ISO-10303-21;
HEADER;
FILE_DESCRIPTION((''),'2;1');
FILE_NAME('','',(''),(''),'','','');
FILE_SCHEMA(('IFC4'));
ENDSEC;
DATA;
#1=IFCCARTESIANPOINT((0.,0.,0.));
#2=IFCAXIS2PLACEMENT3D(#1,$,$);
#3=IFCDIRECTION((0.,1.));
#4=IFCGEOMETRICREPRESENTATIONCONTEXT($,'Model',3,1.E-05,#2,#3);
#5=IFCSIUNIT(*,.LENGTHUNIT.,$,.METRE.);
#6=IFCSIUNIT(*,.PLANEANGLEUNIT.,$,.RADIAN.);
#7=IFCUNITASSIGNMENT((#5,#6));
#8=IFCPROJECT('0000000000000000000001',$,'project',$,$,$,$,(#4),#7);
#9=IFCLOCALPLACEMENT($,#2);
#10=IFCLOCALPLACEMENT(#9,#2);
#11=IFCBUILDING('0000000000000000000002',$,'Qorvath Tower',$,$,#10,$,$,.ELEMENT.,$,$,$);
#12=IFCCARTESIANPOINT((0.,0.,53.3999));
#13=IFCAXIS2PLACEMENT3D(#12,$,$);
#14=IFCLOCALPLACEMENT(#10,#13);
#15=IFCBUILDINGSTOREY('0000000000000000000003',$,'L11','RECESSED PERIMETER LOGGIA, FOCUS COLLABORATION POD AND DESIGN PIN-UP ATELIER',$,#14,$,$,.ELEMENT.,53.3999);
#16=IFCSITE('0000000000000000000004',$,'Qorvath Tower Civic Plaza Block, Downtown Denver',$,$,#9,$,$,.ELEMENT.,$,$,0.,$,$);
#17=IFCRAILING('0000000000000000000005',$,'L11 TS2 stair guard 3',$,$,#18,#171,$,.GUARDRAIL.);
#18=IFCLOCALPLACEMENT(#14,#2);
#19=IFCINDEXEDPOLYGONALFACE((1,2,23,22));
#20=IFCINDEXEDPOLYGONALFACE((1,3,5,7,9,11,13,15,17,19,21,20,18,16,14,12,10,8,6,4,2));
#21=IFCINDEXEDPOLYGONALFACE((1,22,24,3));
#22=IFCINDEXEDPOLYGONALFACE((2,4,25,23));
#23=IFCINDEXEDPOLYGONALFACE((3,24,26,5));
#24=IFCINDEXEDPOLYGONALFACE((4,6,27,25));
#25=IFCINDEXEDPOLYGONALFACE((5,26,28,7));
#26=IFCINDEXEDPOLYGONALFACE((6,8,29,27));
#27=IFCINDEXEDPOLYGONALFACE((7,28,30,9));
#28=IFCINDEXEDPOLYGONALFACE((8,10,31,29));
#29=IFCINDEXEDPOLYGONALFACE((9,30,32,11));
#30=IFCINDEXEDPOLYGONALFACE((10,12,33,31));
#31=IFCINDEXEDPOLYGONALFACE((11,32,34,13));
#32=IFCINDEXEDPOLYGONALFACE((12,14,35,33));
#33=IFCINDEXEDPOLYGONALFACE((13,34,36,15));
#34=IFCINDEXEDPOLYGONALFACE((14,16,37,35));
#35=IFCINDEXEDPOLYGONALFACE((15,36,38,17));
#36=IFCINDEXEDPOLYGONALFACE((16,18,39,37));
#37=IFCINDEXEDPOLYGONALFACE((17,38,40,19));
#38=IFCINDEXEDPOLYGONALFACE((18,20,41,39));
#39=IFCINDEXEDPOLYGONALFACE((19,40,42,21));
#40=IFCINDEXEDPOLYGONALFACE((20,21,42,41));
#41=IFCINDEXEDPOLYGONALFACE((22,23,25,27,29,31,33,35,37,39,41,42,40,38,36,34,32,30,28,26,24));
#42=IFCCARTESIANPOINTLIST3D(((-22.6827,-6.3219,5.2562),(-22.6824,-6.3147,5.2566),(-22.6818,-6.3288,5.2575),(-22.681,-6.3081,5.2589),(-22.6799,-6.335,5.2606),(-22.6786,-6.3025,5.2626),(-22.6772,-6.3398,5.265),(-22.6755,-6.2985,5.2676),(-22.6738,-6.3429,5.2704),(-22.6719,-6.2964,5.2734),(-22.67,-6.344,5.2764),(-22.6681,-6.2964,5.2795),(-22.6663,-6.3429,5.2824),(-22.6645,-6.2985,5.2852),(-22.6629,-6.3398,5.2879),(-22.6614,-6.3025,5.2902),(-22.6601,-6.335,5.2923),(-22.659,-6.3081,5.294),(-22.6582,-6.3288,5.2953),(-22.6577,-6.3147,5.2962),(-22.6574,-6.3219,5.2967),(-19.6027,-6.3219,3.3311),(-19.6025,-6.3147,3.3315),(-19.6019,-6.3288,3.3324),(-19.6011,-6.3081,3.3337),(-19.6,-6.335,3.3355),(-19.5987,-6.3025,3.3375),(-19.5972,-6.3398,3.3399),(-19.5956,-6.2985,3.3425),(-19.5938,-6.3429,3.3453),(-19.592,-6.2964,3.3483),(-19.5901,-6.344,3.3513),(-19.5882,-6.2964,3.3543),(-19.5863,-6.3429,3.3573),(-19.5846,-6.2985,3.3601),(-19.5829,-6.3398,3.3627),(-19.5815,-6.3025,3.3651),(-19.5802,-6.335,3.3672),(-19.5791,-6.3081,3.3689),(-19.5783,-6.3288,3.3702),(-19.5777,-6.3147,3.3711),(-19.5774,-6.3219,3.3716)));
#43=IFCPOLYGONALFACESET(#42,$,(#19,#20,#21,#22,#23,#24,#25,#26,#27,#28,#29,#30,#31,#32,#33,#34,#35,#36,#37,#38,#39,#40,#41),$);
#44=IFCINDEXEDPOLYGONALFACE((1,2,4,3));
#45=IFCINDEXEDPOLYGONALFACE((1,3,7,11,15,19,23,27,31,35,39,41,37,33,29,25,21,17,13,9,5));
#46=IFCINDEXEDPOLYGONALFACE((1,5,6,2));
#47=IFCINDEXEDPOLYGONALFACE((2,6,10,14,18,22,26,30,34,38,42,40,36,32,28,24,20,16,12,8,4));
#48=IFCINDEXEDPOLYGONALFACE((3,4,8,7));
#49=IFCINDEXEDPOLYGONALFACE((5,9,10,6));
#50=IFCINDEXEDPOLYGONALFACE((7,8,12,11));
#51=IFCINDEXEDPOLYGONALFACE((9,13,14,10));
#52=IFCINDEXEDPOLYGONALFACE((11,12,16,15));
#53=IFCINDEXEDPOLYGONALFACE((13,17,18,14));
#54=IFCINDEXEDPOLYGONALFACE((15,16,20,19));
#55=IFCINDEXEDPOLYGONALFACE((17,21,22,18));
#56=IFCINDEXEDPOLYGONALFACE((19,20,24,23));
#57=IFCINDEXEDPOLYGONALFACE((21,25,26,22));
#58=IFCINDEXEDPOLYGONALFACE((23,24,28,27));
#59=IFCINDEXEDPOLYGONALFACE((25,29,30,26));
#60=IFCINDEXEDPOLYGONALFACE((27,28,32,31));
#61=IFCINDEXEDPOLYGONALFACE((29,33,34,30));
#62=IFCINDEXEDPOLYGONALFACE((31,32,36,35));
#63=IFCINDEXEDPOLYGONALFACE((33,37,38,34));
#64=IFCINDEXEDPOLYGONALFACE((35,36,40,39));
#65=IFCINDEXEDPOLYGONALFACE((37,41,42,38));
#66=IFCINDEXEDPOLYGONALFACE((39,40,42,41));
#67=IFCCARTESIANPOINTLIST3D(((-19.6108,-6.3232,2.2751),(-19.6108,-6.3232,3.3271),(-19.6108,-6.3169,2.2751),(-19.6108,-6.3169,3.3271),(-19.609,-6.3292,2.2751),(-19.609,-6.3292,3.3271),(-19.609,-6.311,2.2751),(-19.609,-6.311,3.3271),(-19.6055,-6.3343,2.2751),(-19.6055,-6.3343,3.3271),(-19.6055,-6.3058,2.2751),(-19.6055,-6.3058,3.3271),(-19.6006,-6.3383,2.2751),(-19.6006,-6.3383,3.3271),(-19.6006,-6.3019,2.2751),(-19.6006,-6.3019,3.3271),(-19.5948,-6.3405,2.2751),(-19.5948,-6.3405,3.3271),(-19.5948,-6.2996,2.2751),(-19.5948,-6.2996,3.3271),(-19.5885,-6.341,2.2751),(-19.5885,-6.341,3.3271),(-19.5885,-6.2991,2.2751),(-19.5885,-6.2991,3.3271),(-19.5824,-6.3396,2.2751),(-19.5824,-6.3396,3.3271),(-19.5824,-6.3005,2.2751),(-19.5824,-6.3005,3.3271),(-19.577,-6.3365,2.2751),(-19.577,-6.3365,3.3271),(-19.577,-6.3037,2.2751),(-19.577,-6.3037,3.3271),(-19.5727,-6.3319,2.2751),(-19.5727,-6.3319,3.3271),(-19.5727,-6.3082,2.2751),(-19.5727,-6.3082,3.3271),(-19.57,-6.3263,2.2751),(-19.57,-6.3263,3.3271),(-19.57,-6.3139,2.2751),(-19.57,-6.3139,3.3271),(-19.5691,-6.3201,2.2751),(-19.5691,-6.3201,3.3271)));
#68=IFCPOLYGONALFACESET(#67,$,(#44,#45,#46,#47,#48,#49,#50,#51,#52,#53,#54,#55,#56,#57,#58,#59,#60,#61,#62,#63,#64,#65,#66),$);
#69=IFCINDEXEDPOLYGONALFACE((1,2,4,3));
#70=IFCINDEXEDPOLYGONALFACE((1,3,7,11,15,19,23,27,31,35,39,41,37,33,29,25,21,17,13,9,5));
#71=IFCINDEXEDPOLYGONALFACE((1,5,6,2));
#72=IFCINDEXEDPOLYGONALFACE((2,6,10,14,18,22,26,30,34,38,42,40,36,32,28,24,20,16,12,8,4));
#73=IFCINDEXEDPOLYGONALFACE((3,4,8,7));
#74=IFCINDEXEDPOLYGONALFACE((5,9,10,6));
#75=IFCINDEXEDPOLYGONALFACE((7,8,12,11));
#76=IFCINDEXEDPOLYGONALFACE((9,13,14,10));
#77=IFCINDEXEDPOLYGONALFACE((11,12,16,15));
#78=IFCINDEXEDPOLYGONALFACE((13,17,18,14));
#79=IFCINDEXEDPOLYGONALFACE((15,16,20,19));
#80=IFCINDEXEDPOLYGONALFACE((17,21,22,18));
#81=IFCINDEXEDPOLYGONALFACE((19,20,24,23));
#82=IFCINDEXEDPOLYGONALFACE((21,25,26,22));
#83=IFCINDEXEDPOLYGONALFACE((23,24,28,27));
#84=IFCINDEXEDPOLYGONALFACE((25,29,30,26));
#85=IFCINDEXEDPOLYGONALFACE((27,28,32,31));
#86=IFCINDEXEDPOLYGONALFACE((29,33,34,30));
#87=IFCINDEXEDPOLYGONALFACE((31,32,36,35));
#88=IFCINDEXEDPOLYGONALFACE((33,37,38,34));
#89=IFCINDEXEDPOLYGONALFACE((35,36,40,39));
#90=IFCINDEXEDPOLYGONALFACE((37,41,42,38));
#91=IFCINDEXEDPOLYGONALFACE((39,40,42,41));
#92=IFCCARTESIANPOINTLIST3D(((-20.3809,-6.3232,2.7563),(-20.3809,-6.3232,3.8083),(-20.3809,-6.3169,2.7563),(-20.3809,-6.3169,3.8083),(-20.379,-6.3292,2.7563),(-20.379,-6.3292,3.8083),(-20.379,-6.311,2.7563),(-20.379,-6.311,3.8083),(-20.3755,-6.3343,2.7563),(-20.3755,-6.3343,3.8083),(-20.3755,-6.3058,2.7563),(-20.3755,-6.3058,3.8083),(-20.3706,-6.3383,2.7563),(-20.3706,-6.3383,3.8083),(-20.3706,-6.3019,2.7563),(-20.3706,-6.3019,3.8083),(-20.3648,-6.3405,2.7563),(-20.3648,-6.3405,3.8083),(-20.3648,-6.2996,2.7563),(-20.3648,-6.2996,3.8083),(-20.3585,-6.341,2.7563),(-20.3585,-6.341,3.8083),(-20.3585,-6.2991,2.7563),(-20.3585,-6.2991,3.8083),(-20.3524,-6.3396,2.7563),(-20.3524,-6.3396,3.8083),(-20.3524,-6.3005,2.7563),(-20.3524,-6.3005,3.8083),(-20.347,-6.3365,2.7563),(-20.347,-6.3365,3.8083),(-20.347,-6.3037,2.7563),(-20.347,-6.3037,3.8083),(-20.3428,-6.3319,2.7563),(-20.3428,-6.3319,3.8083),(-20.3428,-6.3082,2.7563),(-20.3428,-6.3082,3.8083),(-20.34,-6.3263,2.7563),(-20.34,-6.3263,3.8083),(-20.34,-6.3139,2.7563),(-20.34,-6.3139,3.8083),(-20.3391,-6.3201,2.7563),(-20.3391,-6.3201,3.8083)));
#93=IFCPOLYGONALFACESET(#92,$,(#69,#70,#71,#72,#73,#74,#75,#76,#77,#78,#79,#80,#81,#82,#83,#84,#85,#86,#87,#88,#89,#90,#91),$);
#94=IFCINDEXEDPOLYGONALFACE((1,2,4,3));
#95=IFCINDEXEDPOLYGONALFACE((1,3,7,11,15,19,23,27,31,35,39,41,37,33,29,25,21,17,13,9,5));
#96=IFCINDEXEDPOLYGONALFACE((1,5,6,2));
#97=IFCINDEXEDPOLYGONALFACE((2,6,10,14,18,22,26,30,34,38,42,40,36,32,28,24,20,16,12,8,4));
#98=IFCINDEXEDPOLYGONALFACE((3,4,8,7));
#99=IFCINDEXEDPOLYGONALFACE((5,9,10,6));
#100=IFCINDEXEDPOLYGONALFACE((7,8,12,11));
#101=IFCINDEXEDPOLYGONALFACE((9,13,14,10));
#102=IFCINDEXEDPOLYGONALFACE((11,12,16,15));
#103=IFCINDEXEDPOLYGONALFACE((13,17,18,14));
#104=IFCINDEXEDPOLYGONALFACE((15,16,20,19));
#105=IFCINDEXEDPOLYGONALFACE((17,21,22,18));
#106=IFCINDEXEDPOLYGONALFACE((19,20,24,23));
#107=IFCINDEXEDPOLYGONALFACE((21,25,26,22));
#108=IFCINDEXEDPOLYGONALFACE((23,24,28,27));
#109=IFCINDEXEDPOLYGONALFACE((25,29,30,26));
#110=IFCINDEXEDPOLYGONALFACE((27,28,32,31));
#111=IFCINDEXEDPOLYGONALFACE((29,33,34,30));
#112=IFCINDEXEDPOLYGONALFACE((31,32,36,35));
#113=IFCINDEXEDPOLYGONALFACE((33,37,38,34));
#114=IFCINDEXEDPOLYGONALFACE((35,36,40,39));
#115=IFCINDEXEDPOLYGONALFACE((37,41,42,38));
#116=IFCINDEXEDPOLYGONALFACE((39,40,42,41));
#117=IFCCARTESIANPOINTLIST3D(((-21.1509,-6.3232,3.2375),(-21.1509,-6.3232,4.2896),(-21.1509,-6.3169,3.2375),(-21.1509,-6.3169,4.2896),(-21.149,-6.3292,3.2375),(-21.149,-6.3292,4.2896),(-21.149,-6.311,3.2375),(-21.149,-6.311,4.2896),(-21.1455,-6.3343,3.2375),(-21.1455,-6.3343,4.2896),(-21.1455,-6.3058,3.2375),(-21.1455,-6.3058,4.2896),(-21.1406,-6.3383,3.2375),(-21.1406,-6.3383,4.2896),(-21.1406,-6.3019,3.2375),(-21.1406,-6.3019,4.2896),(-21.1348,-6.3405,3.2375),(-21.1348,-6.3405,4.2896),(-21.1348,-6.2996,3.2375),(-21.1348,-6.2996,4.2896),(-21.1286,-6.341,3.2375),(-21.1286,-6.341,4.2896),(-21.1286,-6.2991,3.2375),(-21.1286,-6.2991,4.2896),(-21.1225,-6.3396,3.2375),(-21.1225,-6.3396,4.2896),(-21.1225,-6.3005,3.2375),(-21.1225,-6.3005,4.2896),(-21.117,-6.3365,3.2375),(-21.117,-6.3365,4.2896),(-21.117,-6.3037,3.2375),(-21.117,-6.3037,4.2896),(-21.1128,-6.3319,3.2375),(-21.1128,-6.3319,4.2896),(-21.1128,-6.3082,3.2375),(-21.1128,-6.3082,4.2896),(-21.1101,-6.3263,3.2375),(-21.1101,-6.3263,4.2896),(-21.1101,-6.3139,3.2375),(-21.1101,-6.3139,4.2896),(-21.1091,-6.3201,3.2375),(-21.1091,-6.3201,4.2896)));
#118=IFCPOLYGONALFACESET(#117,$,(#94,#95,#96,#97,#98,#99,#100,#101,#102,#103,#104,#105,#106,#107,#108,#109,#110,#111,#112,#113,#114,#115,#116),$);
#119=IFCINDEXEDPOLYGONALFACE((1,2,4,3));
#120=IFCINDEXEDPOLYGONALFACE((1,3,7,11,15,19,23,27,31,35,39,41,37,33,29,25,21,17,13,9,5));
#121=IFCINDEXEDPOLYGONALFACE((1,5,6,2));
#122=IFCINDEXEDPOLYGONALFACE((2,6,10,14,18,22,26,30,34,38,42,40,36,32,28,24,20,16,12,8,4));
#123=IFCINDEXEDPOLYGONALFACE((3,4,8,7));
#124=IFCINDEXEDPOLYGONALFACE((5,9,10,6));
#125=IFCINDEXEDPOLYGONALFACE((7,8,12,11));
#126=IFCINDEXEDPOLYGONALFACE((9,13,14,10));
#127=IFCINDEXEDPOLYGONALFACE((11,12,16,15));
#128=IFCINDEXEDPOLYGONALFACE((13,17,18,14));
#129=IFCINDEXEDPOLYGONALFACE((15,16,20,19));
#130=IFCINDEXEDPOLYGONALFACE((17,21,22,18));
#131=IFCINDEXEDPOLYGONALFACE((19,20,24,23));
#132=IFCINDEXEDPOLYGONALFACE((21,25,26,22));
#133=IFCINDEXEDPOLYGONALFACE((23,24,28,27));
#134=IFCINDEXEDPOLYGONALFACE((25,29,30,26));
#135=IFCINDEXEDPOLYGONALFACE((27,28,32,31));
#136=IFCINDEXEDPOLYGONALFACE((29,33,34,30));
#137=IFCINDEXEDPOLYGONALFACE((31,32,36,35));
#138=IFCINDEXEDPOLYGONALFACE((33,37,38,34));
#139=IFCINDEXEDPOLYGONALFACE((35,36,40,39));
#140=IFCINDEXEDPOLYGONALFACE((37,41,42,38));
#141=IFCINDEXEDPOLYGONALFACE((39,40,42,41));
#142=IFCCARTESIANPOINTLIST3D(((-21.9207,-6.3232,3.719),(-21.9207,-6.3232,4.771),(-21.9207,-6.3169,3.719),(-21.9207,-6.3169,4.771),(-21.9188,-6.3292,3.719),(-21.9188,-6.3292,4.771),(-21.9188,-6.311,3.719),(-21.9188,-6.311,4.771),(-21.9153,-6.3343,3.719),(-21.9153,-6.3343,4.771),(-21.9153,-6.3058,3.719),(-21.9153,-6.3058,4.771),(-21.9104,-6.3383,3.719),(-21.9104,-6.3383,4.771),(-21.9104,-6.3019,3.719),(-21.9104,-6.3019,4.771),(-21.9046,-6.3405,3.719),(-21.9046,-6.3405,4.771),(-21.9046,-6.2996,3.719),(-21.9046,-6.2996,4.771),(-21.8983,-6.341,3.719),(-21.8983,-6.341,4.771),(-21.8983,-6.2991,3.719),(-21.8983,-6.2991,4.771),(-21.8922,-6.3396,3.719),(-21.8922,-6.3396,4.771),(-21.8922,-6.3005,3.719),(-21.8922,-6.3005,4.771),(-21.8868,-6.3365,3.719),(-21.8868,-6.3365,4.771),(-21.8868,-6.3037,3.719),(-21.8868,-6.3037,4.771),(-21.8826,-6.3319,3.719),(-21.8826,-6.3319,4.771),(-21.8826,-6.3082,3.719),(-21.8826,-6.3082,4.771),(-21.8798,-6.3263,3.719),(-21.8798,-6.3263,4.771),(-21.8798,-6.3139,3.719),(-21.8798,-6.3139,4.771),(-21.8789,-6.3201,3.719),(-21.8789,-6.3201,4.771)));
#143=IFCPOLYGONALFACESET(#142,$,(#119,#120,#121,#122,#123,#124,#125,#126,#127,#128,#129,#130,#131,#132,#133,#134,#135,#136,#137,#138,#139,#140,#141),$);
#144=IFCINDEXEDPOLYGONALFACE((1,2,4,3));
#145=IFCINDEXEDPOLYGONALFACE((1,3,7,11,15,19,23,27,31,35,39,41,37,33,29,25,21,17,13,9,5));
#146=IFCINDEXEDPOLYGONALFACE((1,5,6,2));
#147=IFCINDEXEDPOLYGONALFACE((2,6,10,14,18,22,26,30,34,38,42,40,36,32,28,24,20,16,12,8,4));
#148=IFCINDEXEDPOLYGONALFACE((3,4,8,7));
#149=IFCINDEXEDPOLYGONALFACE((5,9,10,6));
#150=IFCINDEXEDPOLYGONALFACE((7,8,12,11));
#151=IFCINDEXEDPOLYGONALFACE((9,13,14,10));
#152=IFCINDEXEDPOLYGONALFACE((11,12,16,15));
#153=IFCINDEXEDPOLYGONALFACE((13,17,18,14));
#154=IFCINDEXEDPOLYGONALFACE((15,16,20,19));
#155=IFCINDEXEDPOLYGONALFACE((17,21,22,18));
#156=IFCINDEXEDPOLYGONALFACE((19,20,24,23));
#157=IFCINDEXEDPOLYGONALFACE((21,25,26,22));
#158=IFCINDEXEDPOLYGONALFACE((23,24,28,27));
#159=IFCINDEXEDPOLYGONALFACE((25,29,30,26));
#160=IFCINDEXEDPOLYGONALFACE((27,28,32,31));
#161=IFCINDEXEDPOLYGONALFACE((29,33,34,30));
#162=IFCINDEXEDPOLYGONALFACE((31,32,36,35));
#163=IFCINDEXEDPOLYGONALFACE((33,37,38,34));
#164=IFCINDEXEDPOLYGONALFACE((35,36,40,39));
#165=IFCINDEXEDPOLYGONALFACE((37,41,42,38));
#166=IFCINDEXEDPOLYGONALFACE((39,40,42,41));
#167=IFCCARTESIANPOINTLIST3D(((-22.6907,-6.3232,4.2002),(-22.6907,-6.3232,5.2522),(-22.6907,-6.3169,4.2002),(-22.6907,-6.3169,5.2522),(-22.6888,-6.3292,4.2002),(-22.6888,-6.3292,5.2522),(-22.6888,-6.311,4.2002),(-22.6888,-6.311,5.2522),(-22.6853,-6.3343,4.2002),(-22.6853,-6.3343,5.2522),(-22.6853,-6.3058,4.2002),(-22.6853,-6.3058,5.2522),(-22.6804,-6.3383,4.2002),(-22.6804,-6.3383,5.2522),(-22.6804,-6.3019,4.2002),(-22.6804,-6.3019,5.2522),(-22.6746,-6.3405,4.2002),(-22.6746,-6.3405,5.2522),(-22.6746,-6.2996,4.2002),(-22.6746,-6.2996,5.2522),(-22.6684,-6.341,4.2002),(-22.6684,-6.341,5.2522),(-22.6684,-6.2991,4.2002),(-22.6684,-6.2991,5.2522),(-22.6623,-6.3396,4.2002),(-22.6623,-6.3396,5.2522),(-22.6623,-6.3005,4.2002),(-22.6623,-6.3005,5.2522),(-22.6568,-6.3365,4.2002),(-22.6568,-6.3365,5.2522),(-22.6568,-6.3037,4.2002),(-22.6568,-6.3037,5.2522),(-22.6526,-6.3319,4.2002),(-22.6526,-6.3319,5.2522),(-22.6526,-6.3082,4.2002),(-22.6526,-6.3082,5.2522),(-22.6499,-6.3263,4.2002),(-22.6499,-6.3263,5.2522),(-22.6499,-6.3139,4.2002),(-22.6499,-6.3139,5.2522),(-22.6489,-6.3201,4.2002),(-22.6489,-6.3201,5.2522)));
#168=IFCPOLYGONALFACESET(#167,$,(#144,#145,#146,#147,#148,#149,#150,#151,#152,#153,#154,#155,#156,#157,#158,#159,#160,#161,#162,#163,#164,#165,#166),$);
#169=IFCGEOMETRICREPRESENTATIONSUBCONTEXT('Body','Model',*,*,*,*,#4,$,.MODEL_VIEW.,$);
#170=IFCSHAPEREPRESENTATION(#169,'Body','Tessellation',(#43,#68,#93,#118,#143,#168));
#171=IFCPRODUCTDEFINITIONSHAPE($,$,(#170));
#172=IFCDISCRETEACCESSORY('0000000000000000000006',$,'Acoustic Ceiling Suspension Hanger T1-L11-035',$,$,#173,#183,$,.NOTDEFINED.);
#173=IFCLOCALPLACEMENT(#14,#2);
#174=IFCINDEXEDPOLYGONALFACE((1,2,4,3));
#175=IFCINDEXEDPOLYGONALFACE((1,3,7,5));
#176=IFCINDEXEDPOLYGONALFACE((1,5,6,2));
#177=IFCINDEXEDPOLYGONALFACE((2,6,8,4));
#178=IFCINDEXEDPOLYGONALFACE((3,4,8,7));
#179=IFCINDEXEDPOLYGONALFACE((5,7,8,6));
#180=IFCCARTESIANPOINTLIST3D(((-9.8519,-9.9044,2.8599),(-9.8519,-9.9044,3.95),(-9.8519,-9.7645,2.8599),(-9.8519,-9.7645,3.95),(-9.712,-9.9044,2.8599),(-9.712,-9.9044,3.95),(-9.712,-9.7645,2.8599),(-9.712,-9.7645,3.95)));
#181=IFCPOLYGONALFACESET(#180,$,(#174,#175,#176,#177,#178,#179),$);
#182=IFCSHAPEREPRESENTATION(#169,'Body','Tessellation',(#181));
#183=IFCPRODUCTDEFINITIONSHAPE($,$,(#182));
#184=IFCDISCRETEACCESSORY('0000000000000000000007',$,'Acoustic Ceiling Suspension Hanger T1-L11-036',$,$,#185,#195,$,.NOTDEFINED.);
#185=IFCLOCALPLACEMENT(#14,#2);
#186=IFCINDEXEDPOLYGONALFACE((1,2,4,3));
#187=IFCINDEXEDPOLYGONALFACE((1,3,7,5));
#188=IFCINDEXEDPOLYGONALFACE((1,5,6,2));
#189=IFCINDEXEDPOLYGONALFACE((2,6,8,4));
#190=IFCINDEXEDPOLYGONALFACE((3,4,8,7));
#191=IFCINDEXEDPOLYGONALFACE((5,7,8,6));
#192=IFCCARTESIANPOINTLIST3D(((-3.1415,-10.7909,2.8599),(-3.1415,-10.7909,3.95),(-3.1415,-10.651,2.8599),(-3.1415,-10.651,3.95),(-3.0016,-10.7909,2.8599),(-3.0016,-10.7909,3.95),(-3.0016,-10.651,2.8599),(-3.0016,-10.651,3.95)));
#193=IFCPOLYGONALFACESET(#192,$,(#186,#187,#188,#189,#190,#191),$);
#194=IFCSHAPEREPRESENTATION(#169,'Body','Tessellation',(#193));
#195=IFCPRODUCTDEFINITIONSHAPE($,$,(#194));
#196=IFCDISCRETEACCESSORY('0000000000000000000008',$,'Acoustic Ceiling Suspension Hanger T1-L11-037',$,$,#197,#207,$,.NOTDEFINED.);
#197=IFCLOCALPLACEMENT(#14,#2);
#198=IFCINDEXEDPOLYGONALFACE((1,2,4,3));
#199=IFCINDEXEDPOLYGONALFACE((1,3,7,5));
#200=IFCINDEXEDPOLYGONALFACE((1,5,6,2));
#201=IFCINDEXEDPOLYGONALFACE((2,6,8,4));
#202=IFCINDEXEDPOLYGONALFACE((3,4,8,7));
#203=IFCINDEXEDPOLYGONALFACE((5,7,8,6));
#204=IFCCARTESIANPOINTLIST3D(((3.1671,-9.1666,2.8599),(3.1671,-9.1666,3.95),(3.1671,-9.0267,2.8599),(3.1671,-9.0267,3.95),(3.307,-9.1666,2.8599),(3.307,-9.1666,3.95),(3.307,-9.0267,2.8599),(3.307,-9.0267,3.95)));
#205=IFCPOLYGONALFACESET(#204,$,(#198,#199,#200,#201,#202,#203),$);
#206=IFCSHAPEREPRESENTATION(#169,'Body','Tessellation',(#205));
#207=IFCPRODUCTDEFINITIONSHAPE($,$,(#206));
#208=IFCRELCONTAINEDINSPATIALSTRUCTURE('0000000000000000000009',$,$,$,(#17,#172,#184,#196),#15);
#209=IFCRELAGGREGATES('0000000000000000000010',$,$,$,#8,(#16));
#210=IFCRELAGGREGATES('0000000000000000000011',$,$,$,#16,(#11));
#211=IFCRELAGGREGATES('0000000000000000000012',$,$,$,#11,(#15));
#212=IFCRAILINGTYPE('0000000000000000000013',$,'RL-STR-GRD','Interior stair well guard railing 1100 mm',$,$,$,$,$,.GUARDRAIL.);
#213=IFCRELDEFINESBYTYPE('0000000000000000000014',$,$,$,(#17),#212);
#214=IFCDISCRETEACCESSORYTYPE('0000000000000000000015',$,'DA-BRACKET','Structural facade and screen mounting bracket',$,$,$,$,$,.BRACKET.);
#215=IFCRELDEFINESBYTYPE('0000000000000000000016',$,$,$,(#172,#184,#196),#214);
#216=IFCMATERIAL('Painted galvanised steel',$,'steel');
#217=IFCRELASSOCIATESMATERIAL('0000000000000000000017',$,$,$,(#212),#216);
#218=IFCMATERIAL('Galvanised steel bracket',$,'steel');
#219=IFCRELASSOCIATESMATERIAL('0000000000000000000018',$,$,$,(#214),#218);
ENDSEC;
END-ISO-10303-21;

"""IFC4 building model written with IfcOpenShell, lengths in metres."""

from ifc_helpers import new_model, si_unit, direction, frame, origin, origin_2d, place, context, subcontext, project, spatial, rectangle, circle, extrude, material, type_object, element, save


model = new_model("IFC4")

# Units and contexts
model_context = context("Model", 3, precision=1e-05, world=origin(), true_north=direction((0.0, 1.0)))
body_context = subcontext(model_context, "Body", "Model", "MODEL_VIEW")
ifc_project = project(units=[si_unit("LENGTHUNIT", "METRE"), si_unit("PLANEANGLEUNIT", "RADIAN")], contexts=[model_context])

# Site, building, storey
site_placement = place(None, origin())
site = spatial("IfcSite", under=ifc_project, at=site_placement, Name="Qorvath Tower Civic Plaza Block, Downtown Denver", CompositionType="ELEMENT", RefElevation=0.0)
building_placement = place(site_placement, origin())
building = spatial("IfcBuilding", under=site, at=building_placement, Name="Qorvath Tower", CompositionType="ELEMENT")
storey_placement = place(building_placement, frame((0.0, 0.0, 53.3999)))
storey = spatial("IfcBuildingStorey", under=building, at=storey_placement, Name="L11", Description="RECESSED PERIMETER LOGGIA, FOCUS COLLABORATION POD AND DESIGN PIN-UP ATELIER", CompositionType="ELEMENT", Elevation=53.3999)

# Railing
ifc_material_1 = material(Name="Painted galvanised steel", Category="steel")
railing_type_1 = type_object("IfcRailingType", Name="RL-STR-GRD", Description="Interior stair well guard railing 1100 mm", PredefinedType="GUARDRAIL", material=ifc_material_1)
railing_1_placement = place(storey_placement, frame((-19.5901, -6.3201, 2.2751)))
element("IfcRailing", 1, at=railing_1_placement, inside=storey, type_object=railing_type_1, Name="L11 TS2 stair guard 3", PredefinedType="GUARDRAIL", context=body_context, shape_type="SweptSolid", body=[
    extrude(circle(Radius=0.0239, at=origin_2d()), frame((0.0, 0.0, 1.0762), z_axis=(-0.847979, 0.0, 0.530029), x_axis=(0.0, -1.0, 0.0)), (0.0, 0.0, 1.0), 3.6321),
    extrude(circle(Radius=0.021, at=origin_2d()), origin(), (0.0, 0.0, 1.0), 1.052),
    extrude(circle(Radius=0.021, at=origin_2d()), frame((-0.77, 0.0, 0.4812)), (0.0, 0.0, 1.0), 1.052),
    extrude(circle(Radius=0.021, at=origin_2d()), frame((-1.54, 0.0, 0.9624)), (0.0, 0.0, 1.0), 1.052),
    extrude(circle(Radius=0.021, at=origin_2d()), frame((-2.3098, 0.0, 1.4438)), (0.0, 0.0, 1.0), 1.052),
    extrude(circle(Radius=0.021, at=origin_2d()), frame((-3.0798, 0.0, 1.925)), (0.0, 0.0, 1.0), 1.052),
])

# Discrete accessories
ifc_material_2 = material(Name="Galvanised steel bracket", Category="steel")
discrete_accessory_type = type_object("IfcDiscreteAccessoryType", Name="DA-BRACKET", Description="Structural facade and screen mounting bracket", PredefinedType="BRACKET", material=ifc_material_2)
for number, where, z_axis, x_axis, name in (
    (2, (-9.782, -9.8345, 2.8599), (0.0, 0.0, 1.0), (1.0, 0.0, 0.0), "Acoustic Ceiling Suspension Hanger T1-L11-035"),
    (3, (-3.0715, -10.7209, 2.8599), (0.0, 0.0, 1.0), (1.0, 0.0, 0.0), "Acoustic Ceiling Suspension Hanger T1-L11-036"),
    (4, (3.2371, -9.0967, 2.8599), (0.0, 0.0, 1.0), (1.0, 0.0, 0.0), "Acoustic Ceiling Suspension Hanger T1-L11-037"),
):
    element("IfcDiscreteAccessory", number, at=place(storey_placement, frame(where, z_axis=z_axis, x_axis=x_axis)), inside=storey, type_object=discrete_accessory_type, Name=name, PredefinedType="NOTDEFINED", context=body_context, shape_type="SweptSolid", body=[
        extrude(rectangle(XDim=0.1399, YDim=0.1399, at=origin_2d()), origin(), (0.0, 0.0, 1.0), 1.0901),
    ])

save(model, "model.ifc")
